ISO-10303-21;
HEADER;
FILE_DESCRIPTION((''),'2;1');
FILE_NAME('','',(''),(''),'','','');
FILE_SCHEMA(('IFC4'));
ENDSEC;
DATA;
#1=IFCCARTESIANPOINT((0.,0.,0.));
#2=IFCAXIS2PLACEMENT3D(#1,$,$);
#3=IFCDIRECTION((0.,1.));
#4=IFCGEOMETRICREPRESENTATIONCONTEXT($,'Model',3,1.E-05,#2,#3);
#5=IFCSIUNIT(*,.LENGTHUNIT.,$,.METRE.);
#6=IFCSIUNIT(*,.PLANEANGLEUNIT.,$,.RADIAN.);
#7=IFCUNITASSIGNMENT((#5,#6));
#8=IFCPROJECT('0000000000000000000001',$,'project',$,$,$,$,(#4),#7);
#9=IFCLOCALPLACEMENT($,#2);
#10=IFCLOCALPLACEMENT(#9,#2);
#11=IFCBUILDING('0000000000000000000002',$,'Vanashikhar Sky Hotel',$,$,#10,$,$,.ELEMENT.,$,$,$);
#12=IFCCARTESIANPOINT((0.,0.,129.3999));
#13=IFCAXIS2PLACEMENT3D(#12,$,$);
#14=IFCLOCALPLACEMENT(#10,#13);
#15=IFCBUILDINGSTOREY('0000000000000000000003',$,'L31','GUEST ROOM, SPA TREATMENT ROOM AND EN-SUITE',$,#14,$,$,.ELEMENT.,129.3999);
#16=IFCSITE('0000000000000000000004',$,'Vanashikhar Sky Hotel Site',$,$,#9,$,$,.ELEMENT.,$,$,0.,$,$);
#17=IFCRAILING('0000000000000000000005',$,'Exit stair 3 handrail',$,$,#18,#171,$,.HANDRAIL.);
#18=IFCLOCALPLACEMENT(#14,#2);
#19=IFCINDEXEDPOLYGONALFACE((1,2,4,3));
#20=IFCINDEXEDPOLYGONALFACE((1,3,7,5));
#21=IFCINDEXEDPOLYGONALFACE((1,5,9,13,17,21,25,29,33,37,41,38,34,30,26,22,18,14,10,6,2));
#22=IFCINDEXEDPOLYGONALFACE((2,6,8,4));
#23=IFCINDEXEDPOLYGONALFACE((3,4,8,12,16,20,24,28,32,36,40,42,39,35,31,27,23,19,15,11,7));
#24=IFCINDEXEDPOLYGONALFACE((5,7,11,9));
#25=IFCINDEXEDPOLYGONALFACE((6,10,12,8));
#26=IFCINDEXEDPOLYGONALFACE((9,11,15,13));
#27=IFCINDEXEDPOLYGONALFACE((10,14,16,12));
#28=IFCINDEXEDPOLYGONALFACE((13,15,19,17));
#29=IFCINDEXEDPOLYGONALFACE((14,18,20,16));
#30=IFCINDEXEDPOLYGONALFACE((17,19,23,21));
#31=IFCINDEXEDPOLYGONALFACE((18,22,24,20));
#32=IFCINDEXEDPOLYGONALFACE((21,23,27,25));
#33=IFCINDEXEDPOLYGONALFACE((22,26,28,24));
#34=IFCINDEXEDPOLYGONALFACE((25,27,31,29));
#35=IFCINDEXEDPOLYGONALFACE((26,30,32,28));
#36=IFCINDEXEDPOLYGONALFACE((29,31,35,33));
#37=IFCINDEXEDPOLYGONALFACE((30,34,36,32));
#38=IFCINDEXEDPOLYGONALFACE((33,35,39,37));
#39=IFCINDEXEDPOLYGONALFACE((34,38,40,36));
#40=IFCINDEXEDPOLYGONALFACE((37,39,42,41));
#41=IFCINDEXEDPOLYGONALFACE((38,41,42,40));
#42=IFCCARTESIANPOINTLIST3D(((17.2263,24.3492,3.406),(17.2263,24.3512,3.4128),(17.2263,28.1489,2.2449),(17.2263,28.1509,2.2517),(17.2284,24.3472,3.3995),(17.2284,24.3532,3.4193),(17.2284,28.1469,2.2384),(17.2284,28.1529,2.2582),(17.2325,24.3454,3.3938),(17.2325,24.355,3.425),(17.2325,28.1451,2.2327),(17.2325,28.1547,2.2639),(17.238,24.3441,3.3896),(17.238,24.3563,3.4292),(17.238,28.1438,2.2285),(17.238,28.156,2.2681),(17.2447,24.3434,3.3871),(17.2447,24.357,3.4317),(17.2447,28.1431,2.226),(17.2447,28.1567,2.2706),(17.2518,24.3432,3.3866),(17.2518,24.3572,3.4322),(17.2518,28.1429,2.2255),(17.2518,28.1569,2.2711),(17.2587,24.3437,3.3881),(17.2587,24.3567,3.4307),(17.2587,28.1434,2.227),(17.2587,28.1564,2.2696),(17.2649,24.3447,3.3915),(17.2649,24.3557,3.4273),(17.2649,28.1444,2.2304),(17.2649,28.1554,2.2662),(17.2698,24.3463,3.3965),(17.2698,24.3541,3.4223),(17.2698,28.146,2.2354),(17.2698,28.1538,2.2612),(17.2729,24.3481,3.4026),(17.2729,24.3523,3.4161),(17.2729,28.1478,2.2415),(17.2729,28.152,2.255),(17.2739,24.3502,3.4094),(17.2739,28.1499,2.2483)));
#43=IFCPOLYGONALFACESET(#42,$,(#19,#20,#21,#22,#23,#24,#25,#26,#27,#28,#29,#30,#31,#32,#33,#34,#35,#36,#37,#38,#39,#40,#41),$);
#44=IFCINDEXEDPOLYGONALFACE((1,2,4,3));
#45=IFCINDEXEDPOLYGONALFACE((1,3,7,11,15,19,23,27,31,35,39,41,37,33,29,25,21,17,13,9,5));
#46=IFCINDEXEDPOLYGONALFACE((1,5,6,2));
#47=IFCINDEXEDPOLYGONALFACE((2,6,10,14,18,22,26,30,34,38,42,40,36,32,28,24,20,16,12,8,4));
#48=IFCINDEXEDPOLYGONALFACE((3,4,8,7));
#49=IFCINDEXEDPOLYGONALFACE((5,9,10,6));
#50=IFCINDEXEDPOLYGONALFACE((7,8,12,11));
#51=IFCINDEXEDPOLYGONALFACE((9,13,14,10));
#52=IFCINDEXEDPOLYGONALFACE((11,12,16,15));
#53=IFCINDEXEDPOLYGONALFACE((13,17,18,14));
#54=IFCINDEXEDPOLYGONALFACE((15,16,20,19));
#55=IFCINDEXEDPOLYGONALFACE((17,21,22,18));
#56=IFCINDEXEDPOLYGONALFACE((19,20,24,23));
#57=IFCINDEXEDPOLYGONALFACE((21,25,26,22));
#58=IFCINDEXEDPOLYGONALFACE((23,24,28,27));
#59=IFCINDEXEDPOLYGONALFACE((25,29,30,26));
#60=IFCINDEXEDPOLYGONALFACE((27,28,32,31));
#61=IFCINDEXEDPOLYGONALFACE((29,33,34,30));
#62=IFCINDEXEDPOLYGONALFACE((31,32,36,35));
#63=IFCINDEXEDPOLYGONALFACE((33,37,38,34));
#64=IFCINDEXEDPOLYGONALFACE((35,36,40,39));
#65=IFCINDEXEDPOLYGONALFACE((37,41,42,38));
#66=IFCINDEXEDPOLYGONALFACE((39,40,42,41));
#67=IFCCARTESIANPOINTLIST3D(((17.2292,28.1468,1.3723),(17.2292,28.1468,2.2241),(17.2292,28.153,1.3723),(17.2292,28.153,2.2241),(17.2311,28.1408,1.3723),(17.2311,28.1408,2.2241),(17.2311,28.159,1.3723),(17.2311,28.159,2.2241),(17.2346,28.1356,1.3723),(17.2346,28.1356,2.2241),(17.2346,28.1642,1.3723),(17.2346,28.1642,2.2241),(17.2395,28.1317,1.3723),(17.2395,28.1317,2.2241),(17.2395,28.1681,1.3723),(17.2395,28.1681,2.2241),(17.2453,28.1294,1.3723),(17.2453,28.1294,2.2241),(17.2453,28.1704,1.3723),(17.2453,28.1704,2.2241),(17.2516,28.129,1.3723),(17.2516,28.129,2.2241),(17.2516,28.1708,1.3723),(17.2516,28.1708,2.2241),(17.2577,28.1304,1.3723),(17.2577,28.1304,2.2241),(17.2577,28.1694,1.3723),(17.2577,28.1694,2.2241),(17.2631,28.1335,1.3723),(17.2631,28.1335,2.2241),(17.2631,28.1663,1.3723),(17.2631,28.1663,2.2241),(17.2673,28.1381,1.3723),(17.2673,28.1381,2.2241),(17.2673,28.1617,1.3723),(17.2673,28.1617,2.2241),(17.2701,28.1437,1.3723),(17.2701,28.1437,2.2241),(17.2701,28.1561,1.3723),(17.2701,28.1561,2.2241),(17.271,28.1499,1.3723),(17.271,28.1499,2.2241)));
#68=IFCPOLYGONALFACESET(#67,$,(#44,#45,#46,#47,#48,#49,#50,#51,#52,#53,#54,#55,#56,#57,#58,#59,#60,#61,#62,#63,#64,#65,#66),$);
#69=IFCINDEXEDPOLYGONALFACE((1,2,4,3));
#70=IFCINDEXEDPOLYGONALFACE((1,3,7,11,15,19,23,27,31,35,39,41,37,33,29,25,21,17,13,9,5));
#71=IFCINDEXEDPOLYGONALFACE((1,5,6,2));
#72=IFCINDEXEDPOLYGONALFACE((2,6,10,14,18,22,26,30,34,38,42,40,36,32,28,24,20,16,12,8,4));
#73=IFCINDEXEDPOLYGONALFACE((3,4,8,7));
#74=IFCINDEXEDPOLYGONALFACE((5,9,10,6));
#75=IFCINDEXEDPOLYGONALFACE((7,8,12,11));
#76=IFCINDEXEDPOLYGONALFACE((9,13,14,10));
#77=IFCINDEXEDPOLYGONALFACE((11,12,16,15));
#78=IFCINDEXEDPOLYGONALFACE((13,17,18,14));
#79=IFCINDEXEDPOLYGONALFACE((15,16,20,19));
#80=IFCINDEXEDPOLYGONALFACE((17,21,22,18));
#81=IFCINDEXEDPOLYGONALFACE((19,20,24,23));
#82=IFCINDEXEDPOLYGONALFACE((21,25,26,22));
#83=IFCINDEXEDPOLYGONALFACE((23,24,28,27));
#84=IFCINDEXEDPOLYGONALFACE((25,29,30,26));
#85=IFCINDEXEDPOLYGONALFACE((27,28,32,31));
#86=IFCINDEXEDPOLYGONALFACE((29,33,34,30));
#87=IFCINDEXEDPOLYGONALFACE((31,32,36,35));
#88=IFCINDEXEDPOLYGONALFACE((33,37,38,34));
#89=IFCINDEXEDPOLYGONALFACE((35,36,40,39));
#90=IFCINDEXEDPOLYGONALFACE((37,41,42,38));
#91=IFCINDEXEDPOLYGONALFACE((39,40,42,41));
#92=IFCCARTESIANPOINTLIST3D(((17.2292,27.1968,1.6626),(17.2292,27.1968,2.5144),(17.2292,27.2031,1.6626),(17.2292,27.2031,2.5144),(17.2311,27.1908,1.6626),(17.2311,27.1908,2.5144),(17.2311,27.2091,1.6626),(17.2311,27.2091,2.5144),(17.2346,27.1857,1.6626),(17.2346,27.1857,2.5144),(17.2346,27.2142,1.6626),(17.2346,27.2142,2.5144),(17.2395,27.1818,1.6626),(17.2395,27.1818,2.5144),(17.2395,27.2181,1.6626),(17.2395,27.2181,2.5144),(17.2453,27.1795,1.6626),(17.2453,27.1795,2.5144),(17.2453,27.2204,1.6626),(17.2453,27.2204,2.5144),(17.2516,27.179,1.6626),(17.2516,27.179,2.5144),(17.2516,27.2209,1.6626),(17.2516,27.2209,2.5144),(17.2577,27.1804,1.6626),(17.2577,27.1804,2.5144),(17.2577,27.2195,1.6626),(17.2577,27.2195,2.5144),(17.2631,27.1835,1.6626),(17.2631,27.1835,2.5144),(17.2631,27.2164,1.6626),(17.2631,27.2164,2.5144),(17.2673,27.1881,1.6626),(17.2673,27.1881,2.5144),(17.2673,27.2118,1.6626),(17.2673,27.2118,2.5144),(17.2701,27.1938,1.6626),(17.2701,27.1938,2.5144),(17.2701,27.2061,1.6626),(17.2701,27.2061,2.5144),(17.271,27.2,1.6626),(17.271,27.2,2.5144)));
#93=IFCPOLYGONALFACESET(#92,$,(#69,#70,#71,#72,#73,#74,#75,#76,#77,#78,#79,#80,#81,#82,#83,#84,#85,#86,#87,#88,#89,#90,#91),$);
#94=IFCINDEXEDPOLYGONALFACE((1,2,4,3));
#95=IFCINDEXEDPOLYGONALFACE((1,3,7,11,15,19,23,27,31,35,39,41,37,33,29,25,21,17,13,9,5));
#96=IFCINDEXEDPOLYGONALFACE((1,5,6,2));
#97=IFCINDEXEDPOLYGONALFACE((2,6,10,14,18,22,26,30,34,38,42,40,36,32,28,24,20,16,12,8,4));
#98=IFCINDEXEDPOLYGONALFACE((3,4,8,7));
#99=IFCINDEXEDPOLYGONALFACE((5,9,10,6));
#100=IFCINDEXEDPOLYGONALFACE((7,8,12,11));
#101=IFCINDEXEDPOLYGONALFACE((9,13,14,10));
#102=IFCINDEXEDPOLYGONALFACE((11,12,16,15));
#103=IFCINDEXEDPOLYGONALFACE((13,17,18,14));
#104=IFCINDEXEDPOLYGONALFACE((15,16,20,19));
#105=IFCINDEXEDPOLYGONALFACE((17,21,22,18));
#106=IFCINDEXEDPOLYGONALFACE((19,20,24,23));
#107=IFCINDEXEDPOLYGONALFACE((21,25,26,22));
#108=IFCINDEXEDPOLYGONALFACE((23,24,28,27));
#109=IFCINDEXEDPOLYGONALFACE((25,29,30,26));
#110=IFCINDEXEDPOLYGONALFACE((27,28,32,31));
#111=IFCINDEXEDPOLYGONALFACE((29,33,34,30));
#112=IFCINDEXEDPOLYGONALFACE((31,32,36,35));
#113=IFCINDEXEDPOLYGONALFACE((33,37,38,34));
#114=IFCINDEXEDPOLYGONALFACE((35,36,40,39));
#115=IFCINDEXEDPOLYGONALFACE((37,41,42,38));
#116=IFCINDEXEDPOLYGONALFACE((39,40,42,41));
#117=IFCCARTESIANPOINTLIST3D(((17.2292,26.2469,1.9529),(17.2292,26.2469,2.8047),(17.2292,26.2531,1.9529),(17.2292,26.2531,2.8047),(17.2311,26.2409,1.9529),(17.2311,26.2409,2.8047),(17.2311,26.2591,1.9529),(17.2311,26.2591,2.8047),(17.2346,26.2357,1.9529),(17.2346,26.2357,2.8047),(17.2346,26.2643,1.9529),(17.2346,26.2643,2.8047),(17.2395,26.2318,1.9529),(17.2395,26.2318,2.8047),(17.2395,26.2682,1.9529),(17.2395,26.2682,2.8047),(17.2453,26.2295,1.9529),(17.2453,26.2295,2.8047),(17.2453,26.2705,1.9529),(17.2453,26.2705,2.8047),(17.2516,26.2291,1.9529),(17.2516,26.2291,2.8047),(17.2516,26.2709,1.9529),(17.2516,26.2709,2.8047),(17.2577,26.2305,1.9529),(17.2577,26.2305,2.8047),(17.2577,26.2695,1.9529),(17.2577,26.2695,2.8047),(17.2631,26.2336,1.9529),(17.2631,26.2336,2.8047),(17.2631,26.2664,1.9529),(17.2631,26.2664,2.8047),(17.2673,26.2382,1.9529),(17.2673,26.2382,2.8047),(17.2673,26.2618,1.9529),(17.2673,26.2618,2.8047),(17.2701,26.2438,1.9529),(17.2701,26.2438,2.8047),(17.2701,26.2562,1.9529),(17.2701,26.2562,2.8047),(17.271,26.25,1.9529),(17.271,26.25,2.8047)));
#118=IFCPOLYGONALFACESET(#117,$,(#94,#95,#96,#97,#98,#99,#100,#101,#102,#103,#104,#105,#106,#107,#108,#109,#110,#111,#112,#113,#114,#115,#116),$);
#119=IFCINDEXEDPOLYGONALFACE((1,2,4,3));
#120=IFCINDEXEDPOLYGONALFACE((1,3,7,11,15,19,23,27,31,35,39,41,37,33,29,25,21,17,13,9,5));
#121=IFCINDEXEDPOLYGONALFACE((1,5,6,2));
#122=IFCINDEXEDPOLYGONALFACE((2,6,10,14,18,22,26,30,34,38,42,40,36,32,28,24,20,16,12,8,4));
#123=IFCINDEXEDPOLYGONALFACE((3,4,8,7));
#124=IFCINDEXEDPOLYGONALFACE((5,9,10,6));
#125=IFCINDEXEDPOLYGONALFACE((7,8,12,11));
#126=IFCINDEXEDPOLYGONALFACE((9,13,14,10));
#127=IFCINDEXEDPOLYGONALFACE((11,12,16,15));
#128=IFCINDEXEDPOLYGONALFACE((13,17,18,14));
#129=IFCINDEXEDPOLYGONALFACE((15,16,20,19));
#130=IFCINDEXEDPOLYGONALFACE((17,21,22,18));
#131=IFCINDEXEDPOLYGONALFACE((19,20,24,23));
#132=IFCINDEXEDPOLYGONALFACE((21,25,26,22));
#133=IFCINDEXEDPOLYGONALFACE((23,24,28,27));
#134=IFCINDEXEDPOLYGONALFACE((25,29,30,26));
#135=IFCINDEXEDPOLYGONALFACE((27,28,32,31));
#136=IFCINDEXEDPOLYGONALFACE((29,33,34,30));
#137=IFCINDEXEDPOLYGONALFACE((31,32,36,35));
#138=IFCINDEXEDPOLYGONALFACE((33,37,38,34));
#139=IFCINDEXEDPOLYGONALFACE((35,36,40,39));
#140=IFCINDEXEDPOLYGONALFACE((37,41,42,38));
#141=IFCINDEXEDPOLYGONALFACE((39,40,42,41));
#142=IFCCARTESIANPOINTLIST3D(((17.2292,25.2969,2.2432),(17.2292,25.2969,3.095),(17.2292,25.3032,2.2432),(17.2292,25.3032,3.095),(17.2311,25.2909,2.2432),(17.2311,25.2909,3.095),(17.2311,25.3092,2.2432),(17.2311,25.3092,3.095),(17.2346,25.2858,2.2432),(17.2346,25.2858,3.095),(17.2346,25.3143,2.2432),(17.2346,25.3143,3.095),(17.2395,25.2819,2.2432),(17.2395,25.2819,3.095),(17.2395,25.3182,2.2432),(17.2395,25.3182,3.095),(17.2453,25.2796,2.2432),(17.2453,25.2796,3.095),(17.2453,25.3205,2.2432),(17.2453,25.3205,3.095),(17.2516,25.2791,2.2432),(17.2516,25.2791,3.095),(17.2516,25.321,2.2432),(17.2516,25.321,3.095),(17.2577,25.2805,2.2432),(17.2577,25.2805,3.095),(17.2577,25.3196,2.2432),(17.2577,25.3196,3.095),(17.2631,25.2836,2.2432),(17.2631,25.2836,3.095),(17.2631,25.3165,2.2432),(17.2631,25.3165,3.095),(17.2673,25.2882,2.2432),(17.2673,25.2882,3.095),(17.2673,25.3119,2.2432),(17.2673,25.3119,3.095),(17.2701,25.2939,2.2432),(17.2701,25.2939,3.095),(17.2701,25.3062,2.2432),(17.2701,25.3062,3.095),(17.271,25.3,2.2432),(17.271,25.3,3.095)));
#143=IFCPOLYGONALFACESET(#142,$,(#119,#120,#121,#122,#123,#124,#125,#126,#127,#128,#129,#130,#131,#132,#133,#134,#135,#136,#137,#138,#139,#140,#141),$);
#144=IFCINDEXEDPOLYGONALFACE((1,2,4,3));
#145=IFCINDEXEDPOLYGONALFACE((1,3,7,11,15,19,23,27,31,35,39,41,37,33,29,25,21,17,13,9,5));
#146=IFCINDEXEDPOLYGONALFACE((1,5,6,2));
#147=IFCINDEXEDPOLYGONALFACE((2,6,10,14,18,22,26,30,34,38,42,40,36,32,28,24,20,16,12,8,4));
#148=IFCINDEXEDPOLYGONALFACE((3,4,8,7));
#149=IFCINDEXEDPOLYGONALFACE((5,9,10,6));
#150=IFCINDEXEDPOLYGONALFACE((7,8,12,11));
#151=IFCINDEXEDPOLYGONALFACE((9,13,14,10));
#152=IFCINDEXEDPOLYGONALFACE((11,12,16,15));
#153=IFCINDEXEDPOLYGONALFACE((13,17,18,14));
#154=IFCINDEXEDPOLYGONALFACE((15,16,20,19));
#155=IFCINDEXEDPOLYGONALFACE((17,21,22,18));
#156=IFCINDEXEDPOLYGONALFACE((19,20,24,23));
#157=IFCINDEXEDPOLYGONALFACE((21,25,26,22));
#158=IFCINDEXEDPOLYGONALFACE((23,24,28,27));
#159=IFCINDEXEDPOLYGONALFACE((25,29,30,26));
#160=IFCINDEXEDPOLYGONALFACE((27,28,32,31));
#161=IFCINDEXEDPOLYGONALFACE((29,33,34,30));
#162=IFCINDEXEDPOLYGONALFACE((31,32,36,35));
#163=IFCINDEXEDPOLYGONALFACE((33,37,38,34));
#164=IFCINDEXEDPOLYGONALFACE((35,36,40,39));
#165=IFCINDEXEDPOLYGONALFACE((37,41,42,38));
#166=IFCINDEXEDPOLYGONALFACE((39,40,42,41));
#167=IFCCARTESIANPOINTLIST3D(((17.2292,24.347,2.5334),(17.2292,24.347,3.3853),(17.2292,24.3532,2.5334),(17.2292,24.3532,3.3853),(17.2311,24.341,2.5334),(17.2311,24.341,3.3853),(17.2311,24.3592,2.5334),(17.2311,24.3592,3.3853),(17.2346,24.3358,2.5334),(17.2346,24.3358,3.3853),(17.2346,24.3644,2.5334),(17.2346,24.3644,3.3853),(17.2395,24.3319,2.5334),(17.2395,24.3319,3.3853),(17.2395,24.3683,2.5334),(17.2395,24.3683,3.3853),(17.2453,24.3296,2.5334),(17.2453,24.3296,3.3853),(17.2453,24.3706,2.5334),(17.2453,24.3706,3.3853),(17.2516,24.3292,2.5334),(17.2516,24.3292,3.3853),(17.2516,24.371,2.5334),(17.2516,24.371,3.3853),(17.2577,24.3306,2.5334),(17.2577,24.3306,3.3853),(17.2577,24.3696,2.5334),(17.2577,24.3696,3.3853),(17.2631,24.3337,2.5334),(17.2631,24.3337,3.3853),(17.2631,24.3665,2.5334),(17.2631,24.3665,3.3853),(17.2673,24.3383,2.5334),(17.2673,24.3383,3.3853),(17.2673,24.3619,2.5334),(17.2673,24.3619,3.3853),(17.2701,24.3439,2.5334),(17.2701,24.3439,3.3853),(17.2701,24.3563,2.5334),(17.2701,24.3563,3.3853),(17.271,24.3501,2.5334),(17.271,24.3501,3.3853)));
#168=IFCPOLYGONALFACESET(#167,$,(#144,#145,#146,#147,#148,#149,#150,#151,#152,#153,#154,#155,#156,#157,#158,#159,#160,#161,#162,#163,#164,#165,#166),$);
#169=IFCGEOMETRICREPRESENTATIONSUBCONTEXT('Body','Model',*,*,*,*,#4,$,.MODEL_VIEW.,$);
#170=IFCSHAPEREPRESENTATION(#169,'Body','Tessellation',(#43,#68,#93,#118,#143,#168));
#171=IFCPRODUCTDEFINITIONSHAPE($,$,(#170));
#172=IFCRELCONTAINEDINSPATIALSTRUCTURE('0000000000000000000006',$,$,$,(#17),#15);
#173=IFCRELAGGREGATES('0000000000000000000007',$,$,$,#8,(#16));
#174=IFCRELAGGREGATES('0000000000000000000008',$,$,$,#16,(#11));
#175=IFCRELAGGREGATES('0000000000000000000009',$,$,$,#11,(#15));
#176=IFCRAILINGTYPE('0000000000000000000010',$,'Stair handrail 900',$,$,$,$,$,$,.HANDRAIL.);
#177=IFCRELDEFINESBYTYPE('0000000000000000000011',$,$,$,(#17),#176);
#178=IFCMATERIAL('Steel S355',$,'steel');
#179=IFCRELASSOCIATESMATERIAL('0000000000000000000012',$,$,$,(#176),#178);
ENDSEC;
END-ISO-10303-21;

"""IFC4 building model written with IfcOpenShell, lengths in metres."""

from ifc_helpers import new_model, si_unit, direction, frame, origin, origin_2d, place, context, subcontext, project, spatial, circle, extrude, source, transform, mapped, material, type_object, element, save


model = new_model("IFC4")

# Units and contexts
model_context = context("Model", 3, precision=1e-05, world=origin(), true_north=direction((0.0, 1.0)))
body_context = subcontext(model_context, "Body", "Model", "MODEL_VIEW")
ifc_project = project(units=[si_unit("LENGTHUNIT", "METRE"), si_unit("PLANEANGLEUNIT", "RADIAN")], contexts=[model_context])

# Site, building, storey
site_placement = place(None, origin())
site = spatial("IfcSite", under=ifc_project, at=site_placement, Name="Vanashikhar Sky Hotel Site", CompositionType="ELEMENT", RefElevation=0.0)
building_placement = place(site_placement, origin())
building = spatial("IfcBuilding", under=site, at=building_placement, Name="Vanashikhar Sky Hotel", CompositionType="ELEMENT")
storey_placement = place(building_placement, frame((0.0, 0.0, 129.3999)))
storey = spatial("IfcBuildingStorey", under=building, at=storey_placement, Name="L31", Description="GUEST ROOM, SPA TREATMENT ROOM AND EN-SUITE", CompositionType="ELEMENT", Elevation=129.3999)

# Railing
ifc_material_1 = material(Name="Steel S355", Category="steel")
railing_type_1 = type_object("IfcRailingType", Name="Stair handrail 900", PredefinedType="HANDRAIL", material=ifc_material_1)
shared_shape_1 = source(origin(), body_context, "Body", "SweptSolid", [
    extrude(circle(Radius=0.0239, at=origin_2d()), frame((0.0, 0.0, 0.876), z_axis=(0.0, -0.956346, 0.292237), x_axis=(1.0, 0.0, 0.0)), (0.0, 0.0, 1.0), 3.9731),
    extrude(circle(Radius=0.021, at=origin_2d()), origin(), (0.0, 0.0, 1.0), 0.8518),
    extrude(circle(Radius=0.021, at=origin_2d()), frame((0.0, -0.95, 0.2903)), (0.0, 0.0, 1.0), 0.8518),
    extrude(circle(Radius=0.021, at=origin_2d()), frame((0.0, -1.8999, 0.5806)), (0.0, 0.0, 1.0), 0.8518),
    extrude(circle(Radius=0.021, at=origin_2d()), frame((0.0, -2.8499, 0.8708)), (0.0, 0.0, 1.0), 0.8518),
    extrude(circle(Radius=0.021, at=origin_2d()), frame((0.0, -3.7998, 1.1611)), (0.0, 0.0, 1.0), 0.8518),
])
railing_1_placement = place(storey_placement, frame((17.25, 28.1499, 1.3723)))
element("IfcRailing", 1, at=railing_1_placement, inside=storey, type_object=railing_type_1, Name="Exit stair 3 handrail", PredefinedType="HANDRAIL", context=body_context, shape_type="MappedRepresentation", body=[
    mapped(shared_shape_1, transform((0.0, 0.0, 0.0), scale=1.0)),
])

save(model, "model.ifc")
